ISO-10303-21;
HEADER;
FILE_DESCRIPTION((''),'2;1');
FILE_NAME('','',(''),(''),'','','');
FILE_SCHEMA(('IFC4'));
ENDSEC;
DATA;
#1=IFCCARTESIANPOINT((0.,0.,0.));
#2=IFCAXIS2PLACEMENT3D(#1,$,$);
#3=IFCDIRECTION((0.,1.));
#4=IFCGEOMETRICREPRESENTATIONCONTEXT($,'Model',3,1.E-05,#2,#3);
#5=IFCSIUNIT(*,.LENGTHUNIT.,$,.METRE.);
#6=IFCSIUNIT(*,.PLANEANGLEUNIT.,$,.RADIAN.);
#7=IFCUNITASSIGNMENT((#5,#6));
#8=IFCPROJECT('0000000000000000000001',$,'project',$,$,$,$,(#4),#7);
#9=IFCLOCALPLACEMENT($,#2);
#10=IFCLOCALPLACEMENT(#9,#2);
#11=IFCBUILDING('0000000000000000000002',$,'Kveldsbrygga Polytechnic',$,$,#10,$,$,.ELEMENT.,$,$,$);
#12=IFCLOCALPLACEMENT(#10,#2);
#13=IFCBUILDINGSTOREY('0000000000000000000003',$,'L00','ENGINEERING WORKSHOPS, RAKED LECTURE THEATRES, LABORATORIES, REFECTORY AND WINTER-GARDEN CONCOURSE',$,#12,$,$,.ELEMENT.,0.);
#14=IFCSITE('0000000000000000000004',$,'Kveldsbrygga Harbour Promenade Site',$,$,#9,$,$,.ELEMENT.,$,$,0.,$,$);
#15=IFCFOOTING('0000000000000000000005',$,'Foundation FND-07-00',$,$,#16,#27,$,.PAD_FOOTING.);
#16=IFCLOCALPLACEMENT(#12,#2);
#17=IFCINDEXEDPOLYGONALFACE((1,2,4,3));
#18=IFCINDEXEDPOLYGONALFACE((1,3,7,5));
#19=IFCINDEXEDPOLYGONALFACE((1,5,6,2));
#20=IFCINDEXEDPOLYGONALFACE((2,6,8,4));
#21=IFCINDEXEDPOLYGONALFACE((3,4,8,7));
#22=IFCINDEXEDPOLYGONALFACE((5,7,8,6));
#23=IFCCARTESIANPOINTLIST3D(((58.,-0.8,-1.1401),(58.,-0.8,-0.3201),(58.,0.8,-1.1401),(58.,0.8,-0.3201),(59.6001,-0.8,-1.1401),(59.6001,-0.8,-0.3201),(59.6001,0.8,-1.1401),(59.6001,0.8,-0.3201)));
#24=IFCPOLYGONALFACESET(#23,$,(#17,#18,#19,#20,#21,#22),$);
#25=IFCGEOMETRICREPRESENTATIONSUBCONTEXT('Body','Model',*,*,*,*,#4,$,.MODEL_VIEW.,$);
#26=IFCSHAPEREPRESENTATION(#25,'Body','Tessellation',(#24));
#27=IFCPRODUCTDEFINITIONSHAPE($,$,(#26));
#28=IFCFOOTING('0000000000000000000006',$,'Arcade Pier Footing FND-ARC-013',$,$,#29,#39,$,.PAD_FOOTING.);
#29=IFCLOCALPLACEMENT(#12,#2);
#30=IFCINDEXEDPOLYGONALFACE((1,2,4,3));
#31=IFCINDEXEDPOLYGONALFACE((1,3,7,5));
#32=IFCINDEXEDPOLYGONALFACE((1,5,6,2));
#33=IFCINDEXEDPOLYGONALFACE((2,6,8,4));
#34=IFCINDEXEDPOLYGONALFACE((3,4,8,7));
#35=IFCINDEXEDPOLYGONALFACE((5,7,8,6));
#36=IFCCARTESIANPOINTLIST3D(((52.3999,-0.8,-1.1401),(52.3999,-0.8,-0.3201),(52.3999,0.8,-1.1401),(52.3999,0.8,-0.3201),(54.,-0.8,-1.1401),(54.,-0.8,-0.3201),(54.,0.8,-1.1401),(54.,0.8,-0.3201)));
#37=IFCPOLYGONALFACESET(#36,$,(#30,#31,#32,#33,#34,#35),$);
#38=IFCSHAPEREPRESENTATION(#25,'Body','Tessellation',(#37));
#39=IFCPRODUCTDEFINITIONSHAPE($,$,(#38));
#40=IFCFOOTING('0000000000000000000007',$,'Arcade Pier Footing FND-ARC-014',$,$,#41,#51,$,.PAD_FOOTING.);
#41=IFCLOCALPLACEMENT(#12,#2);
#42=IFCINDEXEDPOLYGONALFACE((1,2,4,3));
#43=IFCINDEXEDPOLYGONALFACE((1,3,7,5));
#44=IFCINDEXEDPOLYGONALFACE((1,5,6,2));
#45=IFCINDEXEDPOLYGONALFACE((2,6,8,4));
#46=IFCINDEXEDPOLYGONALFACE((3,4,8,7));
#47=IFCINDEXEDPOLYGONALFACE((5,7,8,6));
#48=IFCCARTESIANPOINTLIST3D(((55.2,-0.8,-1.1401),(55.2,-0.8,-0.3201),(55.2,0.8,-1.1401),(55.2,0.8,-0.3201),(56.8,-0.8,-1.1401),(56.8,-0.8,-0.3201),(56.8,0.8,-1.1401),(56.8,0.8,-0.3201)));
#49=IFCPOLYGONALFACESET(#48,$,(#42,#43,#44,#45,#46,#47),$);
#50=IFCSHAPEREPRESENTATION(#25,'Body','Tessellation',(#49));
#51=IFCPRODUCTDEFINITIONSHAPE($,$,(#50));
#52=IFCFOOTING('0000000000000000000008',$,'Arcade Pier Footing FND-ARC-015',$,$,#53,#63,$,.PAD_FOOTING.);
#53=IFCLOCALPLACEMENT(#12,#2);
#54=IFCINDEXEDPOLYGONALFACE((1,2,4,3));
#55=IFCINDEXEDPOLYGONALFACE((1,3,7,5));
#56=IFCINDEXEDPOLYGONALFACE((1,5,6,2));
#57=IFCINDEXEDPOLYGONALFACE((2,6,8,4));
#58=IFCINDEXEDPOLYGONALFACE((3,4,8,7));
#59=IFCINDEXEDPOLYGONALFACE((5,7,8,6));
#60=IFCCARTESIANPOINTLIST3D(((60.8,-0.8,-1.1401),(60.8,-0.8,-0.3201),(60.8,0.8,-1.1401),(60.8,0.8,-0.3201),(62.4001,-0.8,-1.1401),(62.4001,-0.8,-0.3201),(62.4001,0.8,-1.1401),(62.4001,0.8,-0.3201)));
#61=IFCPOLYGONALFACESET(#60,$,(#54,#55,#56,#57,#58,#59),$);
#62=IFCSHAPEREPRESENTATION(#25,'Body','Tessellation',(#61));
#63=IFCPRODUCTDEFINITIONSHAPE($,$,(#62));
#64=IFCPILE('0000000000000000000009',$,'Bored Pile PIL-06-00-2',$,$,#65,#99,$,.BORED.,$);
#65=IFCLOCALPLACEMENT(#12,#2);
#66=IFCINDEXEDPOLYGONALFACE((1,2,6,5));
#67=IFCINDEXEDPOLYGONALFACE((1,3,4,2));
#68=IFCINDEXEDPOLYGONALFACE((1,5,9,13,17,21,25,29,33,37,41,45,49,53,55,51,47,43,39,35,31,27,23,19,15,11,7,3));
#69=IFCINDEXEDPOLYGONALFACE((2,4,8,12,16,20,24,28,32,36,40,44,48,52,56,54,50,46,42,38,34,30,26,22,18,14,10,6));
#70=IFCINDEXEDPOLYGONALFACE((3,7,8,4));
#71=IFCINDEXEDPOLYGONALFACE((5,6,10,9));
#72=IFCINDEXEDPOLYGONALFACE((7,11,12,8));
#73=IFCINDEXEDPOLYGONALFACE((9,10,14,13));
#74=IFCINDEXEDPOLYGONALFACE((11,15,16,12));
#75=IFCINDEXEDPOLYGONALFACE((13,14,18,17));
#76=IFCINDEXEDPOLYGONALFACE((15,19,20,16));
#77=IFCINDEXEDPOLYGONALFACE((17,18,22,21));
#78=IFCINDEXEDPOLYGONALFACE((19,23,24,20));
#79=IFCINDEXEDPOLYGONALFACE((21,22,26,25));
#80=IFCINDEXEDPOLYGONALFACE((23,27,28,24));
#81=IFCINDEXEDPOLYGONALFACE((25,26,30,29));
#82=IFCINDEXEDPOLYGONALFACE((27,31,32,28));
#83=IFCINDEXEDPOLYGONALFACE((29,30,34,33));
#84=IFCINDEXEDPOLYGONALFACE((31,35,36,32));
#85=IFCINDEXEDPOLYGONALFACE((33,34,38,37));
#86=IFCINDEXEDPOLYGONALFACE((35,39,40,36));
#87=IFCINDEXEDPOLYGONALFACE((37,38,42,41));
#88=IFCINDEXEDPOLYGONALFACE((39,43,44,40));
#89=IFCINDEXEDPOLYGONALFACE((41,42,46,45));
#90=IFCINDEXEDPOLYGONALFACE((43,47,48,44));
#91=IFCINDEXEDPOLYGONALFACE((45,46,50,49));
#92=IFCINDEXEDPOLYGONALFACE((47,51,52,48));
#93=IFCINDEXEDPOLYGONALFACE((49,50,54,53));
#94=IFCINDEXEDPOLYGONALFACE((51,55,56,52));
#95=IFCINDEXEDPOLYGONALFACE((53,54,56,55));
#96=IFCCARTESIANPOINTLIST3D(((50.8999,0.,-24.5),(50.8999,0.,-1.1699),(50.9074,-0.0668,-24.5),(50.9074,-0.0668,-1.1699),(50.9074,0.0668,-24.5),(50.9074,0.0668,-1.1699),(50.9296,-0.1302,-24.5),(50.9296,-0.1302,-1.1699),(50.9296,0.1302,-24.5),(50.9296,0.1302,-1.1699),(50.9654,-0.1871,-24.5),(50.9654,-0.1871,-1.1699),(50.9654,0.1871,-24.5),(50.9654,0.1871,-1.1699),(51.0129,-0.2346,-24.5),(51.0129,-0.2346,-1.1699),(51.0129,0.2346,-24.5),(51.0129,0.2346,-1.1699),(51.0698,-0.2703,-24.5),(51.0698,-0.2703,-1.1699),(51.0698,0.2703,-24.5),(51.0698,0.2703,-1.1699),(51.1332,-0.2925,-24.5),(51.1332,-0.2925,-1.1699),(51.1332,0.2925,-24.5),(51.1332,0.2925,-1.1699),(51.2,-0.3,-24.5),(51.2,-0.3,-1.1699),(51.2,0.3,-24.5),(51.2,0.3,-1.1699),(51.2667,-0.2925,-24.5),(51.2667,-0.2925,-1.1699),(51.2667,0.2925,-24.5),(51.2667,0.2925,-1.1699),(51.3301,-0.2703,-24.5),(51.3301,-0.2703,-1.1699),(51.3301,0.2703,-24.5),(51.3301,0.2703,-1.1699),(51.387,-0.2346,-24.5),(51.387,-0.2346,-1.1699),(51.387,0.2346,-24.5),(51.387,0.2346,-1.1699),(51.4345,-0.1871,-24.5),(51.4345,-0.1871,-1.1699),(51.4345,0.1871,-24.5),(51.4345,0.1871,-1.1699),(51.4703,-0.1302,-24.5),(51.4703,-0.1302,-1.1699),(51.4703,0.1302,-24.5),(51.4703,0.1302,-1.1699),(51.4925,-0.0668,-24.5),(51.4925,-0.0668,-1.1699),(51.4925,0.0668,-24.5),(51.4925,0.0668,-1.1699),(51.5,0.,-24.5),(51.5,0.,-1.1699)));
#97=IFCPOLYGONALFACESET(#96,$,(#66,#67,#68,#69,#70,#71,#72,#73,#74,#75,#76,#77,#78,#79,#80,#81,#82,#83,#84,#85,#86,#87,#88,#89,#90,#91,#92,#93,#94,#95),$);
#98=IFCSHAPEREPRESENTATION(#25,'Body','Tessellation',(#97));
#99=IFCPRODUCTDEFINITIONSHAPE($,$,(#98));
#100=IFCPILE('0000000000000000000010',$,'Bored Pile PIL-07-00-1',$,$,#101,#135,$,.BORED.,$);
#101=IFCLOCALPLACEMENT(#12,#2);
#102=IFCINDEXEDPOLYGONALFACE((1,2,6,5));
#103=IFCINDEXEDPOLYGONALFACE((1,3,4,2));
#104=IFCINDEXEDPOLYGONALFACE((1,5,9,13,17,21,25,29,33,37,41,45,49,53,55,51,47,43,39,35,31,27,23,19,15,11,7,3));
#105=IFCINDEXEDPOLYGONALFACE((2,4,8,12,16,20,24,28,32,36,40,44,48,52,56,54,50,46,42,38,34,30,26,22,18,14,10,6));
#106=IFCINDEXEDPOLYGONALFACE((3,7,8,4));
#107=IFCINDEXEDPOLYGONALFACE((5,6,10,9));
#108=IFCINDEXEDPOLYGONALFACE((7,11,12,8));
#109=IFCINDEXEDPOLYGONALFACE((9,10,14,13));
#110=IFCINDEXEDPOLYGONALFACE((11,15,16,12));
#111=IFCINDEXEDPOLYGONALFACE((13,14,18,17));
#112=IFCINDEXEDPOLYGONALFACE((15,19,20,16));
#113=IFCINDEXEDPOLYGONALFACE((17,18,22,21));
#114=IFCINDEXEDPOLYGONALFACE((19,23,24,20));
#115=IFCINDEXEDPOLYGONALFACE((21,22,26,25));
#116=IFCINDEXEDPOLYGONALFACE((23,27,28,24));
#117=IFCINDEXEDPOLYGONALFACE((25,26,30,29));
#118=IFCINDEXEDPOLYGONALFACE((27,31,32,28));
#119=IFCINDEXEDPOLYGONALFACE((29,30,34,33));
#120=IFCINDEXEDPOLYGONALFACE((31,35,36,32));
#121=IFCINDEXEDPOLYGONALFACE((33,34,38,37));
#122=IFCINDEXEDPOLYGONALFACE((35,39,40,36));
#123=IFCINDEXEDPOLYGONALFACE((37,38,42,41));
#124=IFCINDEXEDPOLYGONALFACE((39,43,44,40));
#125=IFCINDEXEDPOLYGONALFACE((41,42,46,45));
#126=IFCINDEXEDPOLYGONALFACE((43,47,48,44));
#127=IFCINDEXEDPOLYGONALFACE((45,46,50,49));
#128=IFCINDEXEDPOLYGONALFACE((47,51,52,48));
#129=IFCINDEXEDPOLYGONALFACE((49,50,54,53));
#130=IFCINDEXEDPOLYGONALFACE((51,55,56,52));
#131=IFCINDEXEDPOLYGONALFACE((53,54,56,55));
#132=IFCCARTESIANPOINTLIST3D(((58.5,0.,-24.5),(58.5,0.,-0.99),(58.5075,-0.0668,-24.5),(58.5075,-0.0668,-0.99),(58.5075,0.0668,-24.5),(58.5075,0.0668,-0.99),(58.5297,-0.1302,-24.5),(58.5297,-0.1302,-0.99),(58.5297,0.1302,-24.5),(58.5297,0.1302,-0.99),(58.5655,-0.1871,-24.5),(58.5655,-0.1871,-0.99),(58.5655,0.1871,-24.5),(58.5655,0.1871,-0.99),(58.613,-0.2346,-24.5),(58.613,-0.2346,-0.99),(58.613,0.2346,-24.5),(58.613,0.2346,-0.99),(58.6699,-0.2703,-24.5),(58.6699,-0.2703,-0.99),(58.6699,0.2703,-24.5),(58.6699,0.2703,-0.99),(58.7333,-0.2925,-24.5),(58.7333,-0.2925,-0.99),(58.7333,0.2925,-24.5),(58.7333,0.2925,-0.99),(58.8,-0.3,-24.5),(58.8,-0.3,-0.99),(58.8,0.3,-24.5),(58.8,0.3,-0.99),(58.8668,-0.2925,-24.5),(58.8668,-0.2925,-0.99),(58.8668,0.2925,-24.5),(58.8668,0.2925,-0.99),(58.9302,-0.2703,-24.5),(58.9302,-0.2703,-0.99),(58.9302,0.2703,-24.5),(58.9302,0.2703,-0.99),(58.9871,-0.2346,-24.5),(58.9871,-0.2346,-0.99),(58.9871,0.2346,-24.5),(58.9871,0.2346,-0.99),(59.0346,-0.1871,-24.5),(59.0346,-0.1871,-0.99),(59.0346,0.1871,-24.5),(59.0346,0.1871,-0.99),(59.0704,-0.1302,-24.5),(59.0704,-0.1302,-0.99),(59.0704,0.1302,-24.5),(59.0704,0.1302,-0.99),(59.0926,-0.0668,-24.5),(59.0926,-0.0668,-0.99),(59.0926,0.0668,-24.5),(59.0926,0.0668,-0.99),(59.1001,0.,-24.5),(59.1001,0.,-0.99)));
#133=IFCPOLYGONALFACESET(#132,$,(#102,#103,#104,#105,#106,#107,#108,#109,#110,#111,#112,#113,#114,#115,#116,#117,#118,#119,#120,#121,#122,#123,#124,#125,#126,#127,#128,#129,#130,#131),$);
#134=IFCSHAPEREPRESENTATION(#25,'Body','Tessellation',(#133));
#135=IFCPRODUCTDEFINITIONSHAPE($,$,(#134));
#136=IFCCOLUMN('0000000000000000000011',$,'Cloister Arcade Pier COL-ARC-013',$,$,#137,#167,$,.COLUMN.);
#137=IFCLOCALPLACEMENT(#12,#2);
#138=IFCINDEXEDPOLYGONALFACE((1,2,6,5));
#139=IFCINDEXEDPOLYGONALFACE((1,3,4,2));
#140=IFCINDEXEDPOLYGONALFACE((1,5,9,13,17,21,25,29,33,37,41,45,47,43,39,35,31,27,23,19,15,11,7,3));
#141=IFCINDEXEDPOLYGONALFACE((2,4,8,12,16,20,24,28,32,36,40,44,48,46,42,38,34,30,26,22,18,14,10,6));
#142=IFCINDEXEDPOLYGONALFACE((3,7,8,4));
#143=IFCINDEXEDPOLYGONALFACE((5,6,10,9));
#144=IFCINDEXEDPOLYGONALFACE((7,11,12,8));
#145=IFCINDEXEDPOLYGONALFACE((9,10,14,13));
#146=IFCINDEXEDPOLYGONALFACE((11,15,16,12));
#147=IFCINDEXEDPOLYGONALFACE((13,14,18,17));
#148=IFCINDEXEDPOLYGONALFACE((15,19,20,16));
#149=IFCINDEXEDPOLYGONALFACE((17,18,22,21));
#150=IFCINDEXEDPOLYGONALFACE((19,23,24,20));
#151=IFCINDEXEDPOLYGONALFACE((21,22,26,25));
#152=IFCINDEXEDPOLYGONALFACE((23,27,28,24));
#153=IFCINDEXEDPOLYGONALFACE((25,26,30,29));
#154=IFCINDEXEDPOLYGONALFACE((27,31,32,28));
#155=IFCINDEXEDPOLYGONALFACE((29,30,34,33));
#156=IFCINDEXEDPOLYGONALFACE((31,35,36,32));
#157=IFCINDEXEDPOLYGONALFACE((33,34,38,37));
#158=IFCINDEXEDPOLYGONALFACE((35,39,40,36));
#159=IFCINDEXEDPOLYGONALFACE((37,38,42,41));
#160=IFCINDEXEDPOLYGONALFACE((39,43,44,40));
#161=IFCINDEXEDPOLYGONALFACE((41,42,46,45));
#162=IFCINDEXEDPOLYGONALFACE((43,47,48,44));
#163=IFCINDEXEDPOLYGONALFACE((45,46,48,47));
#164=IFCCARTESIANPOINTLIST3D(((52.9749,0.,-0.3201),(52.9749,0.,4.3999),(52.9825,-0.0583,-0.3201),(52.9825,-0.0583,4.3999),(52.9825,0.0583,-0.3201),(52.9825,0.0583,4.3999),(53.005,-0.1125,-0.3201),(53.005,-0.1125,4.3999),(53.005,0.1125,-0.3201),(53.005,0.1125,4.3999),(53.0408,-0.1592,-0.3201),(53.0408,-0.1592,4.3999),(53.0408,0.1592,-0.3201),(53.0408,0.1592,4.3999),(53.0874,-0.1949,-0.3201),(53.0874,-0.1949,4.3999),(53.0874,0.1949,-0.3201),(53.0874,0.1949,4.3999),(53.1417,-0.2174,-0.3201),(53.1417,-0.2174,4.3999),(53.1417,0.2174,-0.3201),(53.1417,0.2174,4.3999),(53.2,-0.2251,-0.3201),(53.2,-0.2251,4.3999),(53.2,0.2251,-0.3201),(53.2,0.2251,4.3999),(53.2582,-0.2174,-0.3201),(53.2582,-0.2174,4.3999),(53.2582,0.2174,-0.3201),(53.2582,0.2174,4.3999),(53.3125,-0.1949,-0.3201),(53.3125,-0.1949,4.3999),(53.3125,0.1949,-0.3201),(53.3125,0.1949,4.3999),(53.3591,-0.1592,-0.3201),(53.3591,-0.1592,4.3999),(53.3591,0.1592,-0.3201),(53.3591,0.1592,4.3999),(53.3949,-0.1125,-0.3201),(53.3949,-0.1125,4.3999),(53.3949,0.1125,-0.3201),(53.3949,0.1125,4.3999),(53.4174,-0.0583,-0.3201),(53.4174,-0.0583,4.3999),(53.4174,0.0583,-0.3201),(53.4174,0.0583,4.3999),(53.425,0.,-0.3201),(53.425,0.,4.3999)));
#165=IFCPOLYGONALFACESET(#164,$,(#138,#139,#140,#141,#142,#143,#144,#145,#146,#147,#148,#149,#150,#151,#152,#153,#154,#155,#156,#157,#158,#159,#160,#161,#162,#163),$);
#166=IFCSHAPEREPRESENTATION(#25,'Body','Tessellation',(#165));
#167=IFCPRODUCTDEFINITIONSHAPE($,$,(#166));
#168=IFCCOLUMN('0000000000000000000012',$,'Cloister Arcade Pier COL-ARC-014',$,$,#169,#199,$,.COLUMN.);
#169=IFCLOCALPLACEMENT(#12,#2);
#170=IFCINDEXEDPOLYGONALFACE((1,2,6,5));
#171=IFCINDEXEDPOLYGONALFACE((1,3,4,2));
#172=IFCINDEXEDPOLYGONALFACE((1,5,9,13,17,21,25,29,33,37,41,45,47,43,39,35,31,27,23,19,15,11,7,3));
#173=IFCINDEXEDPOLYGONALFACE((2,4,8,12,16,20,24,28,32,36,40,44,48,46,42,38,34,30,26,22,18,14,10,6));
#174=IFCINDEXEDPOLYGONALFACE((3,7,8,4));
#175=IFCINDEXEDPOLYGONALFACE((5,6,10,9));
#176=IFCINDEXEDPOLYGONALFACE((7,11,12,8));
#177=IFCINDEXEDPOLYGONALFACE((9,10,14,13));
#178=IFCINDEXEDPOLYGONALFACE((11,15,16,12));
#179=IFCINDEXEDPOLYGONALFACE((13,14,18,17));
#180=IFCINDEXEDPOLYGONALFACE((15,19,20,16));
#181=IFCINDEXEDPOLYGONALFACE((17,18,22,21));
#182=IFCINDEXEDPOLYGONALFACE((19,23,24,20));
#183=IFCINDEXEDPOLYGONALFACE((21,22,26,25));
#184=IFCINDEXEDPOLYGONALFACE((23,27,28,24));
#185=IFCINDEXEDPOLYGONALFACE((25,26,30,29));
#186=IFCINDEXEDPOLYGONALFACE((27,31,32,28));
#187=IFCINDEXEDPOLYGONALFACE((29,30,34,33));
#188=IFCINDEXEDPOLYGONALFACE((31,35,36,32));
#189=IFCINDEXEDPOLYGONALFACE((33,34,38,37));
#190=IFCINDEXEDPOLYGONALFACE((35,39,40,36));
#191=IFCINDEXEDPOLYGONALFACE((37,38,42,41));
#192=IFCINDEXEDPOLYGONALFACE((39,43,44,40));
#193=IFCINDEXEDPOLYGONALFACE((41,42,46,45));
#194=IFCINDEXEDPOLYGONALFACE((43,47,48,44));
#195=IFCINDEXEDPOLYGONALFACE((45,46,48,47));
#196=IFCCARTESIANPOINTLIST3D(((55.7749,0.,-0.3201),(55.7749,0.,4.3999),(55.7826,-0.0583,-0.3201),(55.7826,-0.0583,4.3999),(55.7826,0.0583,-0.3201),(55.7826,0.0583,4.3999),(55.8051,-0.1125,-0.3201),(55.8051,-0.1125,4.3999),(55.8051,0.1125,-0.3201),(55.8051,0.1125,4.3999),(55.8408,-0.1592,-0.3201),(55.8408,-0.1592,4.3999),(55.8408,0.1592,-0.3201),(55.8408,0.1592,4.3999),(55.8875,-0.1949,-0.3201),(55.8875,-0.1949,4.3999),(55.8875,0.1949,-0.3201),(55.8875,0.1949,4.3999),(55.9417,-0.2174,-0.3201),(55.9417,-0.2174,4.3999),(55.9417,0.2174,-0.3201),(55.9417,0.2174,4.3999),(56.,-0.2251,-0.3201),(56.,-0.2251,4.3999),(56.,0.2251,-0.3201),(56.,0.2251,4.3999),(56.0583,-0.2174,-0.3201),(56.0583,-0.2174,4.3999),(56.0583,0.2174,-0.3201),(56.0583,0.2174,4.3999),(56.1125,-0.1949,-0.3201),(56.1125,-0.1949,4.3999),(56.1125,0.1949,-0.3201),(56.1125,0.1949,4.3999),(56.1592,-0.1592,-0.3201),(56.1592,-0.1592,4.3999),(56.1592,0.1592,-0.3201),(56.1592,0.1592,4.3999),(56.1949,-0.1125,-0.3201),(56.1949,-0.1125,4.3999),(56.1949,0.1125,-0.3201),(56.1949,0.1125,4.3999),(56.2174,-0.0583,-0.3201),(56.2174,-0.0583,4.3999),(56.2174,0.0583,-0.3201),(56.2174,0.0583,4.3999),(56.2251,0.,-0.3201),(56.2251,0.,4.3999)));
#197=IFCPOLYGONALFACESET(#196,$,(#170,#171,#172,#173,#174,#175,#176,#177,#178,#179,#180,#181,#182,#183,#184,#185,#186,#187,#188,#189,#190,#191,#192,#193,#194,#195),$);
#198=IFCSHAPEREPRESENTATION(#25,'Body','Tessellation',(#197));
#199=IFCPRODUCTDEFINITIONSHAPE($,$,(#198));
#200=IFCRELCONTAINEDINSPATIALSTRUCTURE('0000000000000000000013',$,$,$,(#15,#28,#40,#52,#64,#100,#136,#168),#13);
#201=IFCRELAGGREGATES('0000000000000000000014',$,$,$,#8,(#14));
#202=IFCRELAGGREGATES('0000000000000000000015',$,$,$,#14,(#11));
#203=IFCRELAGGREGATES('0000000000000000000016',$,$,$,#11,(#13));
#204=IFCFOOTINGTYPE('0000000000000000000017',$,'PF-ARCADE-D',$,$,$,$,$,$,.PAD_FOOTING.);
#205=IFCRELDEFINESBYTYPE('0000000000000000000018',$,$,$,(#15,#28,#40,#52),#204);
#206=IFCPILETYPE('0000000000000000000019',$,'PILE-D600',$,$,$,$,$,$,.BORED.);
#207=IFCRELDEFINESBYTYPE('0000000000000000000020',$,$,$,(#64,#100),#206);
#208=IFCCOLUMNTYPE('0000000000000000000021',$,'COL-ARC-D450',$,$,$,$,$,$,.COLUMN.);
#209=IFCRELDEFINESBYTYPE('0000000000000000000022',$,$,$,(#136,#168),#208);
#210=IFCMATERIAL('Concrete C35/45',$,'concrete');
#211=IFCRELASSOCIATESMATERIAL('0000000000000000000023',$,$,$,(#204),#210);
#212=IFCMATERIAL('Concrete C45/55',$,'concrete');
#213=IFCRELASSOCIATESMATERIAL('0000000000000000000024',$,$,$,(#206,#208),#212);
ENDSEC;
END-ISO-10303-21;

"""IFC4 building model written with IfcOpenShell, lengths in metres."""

from ifc_helpers import new_model, si_unit, direction, frame, origin, origin_2d, place, context, subcontext, project, spatial, rectangle, circle, extrude, material, material_profile, profile_set, type_object, element, save


model = new_model("IFC4")

# Units and contexts
model_context = context("Model", 3, precision=1e-05, world=origin(), true_north=direction((0.0, 1.0)))
body_context = subcontext(model_context, "Body", "Model", "MODEL_VIEW")
ifc_project = project(units=[si_unit("LENGTHUNIT", "METRE"), si_unit("PLANEANGLEUNIT", "RADIAN")], contexts=[model_context])

# Site, building, storey
site_placement = place(None, origin())
site = spatial("IfcSite", under=ifc_project, at=site_placement, Name="Kveldsbrygga Harbour Promenade Site", CompositionType="ELEMENT", RefElevation=0.0)
building_placement = place(site_placement, origin())
building = spatial("IfcBuilding", under=site, at=building_placement, Name="Kveldsbrygga Polytechnic", CompositionType="ELEMENT")
storey_placement = place(building_placement, origin())
storey = spatial("IfcBuildingStorey", under=building, at=storey_placement, Name="L00", Description="ENGINEERING WORKSHOPS, RAKED LECTURE THEATRES, LABORATORIES, REFECTORY AND WINTER-GARDEN CONCOURSE", CompositionType="ELEMENT", Elevation=0.0)

# Footings
ifc_material_1 = material(Name="Concrete C35/45", Category="concrete")
footing_type = type_object("IfcFootingType", Name="PF-ARCADE-D", PredefinedType="PAD_FOOTING", material=ifc_material_1)
for number, where, z_axis, x_axis, name in (
    (1, (58.8, 0.0, -1.1401), (0.0, 0.0, 1.0), (1.0, 0.0, 0.0), "Foundation FND-07-00"),
    (2, (53.2, 0.0, -1.1401), (0.0, 0.0, 1.0), (1.0, 0.0, 0.0), "Arcade Pier Footing FND-ARC-013"),
    (3, (56.0, 0.0, -1.1401), (0.0, 0.0, 1.0), (1.0, 0.0, 0.0), "Arcade Pier Footing FND-ARC-014"),
    (4, (61.6001, 0.0, -1.1401), (0.0, 0.0, 1.0), (1.0, 0.0, 0.0), "Arcade Pier Footing FND-ARC-015"),
):
    element("IfcFooting", number, at=place(storey_placement, frame(where, z_axis=z_axis, x_axis=x_axis)), inside=storey, type_object=footing_type, Name=name, PredefinedType="PAD_FOOTING", context=body_context, shape_type="SweptSolid", body=[
        extrude(rectangle(XDim=1.6001, YDim=1.6001, at=origin_2d()), origin(), (0.0, 0.0, 1.0), 0.8201),
    ])

# Piles
ifc_material_2 = material(Name="Concrete C45/55", Category="concrete")
ifc_material_profile_1 = material_profile(ifc_material_2, circle(Radius=0.3, at=origin_2d()), Name="PILE D600")
ifc_profile_set_1 = profile_set([ifc_material_profile_1], Name="Concrete C45/55")
pile_type = type_object("IfcPileType", Name="PILE-D600", PredefinedType="BORED", material=ifc_profile_set_1)
pile_1_placement = place(storey_placement, frame((51.2, 0.0, -1.1699), z_axis=(0.0, 0.0, -1.0), x_axis=(1.0, 0.0, 0.0)))
element("IfcPile", 5, at=pile_1_placement, inside=storey, type_object=pile_type, Name="Bored Pile PIL-06-00-2", PredefinedType="BORED", context=body_context, shape_type="SweptSolid", body=[
    extrude(circle(Radius=0.3, at=origin_2d()), origin(), (0.0, 0.0, 1.0), 23.3301),
])
pile_2_placement = place(storey_placement, frame((58.8, 0.0, -0.99), z_axis=(0.0, 0.0, -1.0), x_axis=(1.0, 0.0, 0.0)))
element("IfcPile", 6, at=pile_2_placement, inside=storey, type_object=pile_type, Name="Bored Pile PIL-07-00-1", PredefinedType="BORED", context=body_context, shape_type="SweptSolid", body=[
    extrude(circle(Radius=0.3, at=origin_2d()), origin(), (0.0, 0.0, 1.0), 23.51),
])

# Columns
ifc_material_profile_2 = material_profile(ifc_material_2, circle(Radius=0.2251, at=origin_2d()), Name="RC D450")
ifc_profile_set_2 = profile_set([ifc_material_profile_2], Name="Concrete C45/55")
column_type_1 = type_object("IfcColumnType", Name="COL-ARC-D450", PredefinedType="COLUMN", material=ifc_profile_set_2)
for number, where, z_axis, x_axis, name in (
    (7, (53.2, 0.0, -0.3201), (0.0, 0.0, 1.0), (1.0, 0.0, 0.0), "Cloister Arcade Pier COL-ARC-013"),
    (8, (56.0, 0.0, -0.3201), (0.0, 0.0, 1.0), (1.0, 0.0, 0.0), "Cloister Arcade Pier COL-ARC-014"),
):
    element("IfcColumn", number, at=place(storey_placement, frame(where, z_axis=z_axis, x_axis=x_axis)), inside=storey, type_object=column_type_1, Name=name, PredefinedType="COLUMN", context=body_context, shape_type="SweptSolid", body=[
        extrude(circle(Radius=0.2251, at=origin_2d()), origin(), (0.0, 0.0, 1.0), 4.72),
    ])

save(model, "model.ifc")
